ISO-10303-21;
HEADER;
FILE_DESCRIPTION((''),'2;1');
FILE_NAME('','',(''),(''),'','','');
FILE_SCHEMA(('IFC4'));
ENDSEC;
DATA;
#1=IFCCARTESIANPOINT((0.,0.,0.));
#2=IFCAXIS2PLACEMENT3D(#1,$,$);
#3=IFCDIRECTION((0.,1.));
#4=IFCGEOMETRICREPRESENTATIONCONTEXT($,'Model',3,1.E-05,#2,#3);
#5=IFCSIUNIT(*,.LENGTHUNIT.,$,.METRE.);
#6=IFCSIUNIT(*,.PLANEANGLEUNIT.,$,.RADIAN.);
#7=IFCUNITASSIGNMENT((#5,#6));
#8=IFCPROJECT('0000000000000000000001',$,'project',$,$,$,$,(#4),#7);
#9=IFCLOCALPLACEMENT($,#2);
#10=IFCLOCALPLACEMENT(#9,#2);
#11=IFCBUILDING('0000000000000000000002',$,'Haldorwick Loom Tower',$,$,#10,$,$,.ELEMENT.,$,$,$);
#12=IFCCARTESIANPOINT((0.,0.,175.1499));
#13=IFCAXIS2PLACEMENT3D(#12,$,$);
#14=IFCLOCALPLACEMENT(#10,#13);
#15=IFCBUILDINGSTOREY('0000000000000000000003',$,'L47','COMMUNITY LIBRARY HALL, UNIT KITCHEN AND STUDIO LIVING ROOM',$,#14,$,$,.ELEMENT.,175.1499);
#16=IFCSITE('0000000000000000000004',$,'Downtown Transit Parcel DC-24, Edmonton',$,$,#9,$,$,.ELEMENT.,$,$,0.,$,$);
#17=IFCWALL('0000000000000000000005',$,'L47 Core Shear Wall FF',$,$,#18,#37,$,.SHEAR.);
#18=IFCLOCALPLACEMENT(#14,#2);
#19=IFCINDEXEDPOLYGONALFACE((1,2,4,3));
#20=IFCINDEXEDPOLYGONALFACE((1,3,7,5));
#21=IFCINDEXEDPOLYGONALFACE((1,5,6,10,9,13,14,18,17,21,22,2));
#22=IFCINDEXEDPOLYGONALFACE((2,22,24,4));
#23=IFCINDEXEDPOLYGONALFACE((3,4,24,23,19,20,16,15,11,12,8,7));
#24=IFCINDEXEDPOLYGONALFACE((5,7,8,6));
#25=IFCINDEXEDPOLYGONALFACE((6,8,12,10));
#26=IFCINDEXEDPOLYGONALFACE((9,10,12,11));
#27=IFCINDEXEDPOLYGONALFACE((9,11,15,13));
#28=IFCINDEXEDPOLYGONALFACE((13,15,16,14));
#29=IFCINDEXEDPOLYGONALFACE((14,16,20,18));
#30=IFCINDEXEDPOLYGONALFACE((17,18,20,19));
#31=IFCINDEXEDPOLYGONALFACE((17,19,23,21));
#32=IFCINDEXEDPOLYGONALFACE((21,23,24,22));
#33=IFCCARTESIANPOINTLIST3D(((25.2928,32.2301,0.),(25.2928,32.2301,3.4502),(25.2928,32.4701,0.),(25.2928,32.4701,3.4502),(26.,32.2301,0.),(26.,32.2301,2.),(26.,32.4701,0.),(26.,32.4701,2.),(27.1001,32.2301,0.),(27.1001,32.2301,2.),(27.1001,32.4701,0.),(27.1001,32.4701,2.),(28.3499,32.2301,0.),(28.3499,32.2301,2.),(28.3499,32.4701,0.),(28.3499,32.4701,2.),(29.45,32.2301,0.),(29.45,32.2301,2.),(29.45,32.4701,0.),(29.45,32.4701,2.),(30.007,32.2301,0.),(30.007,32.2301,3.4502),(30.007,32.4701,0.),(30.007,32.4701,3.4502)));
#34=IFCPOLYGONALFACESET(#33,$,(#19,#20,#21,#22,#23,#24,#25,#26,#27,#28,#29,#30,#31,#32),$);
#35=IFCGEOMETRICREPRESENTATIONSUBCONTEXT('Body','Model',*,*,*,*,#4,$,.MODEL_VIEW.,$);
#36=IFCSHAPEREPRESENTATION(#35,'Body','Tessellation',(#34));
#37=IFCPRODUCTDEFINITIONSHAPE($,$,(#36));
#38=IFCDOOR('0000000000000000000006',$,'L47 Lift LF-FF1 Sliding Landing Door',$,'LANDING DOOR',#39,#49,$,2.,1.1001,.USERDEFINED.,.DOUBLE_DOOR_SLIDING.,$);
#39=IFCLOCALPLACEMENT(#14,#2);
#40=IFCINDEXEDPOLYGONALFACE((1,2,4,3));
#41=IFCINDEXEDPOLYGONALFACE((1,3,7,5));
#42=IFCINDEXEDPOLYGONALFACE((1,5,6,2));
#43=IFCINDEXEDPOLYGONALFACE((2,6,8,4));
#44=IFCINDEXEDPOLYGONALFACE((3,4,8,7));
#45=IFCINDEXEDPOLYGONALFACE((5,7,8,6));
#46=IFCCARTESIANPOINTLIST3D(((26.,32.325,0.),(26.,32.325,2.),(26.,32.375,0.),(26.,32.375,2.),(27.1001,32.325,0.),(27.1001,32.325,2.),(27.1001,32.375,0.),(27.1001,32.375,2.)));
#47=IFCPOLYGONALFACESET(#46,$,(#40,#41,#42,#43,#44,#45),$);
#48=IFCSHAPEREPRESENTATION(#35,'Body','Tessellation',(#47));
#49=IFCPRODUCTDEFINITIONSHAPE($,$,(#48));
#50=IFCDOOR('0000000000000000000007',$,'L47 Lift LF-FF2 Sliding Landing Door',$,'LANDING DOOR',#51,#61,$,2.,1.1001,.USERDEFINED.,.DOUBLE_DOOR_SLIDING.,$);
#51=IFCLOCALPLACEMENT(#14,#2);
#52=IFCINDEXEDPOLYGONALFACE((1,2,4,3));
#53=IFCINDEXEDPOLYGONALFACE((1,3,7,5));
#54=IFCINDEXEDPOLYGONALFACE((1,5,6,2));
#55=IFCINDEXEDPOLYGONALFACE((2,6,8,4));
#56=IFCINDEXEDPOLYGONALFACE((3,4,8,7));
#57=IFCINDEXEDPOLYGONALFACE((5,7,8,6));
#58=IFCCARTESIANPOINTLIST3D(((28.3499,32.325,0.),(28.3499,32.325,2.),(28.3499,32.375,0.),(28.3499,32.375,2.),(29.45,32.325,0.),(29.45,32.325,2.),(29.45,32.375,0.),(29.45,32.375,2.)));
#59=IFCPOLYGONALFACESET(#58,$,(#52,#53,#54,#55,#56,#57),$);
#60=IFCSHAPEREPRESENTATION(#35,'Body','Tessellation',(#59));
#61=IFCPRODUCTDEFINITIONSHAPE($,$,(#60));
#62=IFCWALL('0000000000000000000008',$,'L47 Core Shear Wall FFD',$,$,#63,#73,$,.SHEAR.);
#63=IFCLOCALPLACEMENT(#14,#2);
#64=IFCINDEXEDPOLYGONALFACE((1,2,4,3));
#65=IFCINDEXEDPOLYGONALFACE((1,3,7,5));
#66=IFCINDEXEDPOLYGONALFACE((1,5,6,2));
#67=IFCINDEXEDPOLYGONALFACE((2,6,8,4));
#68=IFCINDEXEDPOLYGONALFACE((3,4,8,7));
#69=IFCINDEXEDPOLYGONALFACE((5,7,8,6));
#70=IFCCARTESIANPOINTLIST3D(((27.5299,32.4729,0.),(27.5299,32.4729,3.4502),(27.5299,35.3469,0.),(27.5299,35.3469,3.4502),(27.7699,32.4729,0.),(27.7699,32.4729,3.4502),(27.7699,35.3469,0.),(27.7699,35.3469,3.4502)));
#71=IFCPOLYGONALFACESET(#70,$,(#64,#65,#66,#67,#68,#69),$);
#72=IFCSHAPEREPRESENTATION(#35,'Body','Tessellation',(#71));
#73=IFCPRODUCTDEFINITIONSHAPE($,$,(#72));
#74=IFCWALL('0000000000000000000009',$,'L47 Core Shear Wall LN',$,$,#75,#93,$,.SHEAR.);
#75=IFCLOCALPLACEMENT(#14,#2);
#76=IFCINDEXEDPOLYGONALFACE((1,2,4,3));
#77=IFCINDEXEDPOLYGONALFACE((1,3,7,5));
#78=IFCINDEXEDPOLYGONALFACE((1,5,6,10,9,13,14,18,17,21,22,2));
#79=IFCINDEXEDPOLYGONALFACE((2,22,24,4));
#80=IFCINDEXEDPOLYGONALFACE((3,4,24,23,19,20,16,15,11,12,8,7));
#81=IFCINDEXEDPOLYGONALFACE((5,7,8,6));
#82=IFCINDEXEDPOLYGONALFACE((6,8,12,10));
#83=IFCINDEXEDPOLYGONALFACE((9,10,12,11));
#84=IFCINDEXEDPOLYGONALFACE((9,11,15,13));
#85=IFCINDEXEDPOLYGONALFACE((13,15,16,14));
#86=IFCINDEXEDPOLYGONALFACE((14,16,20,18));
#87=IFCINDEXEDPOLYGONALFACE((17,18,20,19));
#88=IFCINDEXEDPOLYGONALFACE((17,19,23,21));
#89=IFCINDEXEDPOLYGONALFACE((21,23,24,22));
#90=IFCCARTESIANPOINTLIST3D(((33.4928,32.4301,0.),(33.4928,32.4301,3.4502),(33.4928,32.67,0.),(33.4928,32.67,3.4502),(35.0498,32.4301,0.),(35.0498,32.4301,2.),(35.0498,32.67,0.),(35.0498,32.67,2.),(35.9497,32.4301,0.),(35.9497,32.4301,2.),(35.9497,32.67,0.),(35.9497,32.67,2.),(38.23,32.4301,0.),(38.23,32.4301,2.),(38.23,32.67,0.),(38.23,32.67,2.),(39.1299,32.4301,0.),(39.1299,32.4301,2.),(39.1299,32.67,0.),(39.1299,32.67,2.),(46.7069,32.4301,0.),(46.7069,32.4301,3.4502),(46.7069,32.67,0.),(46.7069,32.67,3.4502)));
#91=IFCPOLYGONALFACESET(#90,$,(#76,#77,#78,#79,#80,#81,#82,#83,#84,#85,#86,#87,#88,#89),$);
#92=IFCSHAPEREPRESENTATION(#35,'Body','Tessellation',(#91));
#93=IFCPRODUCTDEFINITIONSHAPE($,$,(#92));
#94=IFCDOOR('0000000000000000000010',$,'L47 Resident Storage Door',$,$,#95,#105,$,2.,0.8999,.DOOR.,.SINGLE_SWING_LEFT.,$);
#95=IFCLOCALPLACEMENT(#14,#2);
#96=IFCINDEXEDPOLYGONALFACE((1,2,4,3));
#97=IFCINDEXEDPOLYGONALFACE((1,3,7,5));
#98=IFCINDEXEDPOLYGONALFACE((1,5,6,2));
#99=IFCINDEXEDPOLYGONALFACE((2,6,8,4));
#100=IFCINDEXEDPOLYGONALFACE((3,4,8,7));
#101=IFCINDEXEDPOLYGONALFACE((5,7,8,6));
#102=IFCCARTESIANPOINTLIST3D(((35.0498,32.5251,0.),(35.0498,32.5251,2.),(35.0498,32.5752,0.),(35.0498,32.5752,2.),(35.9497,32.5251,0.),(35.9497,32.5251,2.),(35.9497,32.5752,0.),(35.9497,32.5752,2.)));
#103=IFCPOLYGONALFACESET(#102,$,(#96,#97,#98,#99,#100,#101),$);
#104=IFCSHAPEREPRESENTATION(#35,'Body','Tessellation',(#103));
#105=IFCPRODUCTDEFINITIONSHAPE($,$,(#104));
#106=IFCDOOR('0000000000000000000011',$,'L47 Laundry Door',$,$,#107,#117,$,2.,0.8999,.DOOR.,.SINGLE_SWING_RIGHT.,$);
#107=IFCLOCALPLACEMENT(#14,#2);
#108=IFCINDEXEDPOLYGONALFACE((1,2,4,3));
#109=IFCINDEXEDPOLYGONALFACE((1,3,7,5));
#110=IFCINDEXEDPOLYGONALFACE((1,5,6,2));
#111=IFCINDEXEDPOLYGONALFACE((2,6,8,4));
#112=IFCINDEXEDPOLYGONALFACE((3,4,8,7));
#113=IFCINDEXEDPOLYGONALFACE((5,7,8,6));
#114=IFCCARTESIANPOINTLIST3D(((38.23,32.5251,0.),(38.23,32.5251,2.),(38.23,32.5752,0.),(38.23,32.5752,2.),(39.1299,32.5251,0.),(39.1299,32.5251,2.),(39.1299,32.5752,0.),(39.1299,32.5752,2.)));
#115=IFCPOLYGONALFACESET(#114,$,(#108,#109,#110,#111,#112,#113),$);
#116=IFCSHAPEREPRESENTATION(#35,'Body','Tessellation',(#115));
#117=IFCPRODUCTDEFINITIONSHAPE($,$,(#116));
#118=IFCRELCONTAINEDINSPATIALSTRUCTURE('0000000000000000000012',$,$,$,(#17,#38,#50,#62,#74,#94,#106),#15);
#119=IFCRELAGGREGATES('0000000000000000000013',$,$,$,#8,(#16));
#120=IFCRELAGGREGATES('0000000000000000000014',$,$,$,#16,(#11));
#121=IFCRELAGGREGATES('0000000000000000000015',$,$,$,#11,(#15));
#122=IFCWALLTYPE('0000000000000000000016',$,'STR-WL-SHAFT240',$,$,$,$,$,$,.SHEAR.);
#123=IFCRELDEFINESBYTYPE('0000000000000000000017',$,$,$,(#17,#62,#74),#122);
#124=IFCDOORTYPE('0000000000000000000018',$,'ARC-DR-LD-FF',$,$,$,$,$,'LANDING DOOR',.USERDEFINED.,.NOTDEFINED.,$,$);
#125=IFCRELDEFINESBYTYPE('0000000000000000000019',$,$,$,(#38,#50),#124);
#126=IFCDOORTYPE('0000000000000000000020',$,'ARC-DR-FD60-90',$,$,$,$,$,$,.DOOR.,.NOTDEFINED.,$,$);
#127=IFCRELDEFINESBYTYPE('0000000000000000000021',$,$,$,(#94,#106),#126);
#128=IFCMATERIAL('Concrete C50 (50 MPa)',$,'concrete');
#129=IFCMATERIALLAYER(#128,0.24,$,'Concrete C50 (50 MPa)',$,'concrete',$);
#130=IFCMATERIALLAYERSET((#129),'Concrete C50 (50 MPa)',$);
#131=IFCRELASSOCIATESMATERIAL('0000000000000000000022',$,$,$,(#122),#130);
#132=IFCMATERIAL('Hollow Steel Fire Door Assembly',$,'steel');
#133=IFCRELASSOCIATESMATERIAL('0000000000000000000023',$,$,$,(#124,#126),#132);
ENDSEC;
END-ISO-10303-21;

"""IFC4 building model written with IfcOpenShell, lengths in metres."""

from ifc_helpers import new_model, si_unit, direction, frame, frame_2d, origin, place, context, subcontext, project, spatial, rectangle, extrude, material, layer, layer_set, type_object, element, fill, save


model = new_model("IFC4")

# Units and contexts
model_context = context("Model", 3, precision=1e-05, world=origin(), true_north=direction((0.0, 1.0)))
body_context = subcontext(model_context, "Body", "Model", "MODEL_VIEW")
ifc_project = project(units=[si_unit("LENGTHUNIT", "METRE"), si_unit("PLANEANGLEUNIT", "RADIAN")], contexts=[model_context])

# Site, building, storey
site_placement = place(None, origin())
site = spatial("IfcSite", under=ifc_project, at=site_placement, Name="Downtown Transit Parcel DC-24, Edmonton", CompositionType="ELEMENT", RefElevation=0.0)
building_placement = place(site_placement, origin())
building = spatial("IfcBuilding", under=site, at=building_placement, Name="Haldorwick Loom Tower", CompositionType="ELEMENT")
storey_placement = place(building_placement, frame((0.0, 0.0, 175.1499)))
storey = spatial("IfcBuildingStorey", under=building, at=storey_placement, Name="L47", Description="COMMUNITY LIBRARY HALL, UNIT KITCHEN AND STUDIO LIVING ROOM", CompositionType="ELEMENT", Elevation=175.1499)

# Shared definitions
ifc_material_1 = material(Name="Concrete C50 (50 MPa)", Category="concrete")
ifc_layer_1 = layer(ifc_material_1, 0.24, Name="Concrete C50 (50 MPa)", Category="concrete")
ifc_layer_set_1 = layer_set([ifc_layer_1], Name="Concrete C50 (50 MPa)")
wall_type_1 = type_object("IfcWallType", Name="STR-WL-SHAFT240", PredefinedType="SHEAR", material=ifc_layer_set_1)

# Wall, openings, doors
wall_1_placement = place(storey_placement, frame((25.293, 32.3501, 0.0), z_axis=(0.0, 0.0, 1.0), x_axis=(1.0, 0.0, 0.0)))
wall_1 = element("IfcWall", 1, at=wall_1_placement, inside=storey, type_object=wall_type_1, Name="L47 Core Shear Wall FF", PredefinedType="SHEAR", context=body_context, shape_type="SweptSolid", body=[
    extrude(rectangle(XDim=4.7141, YDim=0.24, at=frame_2d((2.3569, 0.0))), origin(), (0.0, 0.0, 1.0), 3.4502),
])
opening_1_placement = place(wall_1_placement, frame((0.707, 0.0, 0.0)))
opening_1 = element("IfcOpeningElement", 2, at=opening_1_placement, cuts=wall_1, PredefinedType="OPENING", context=body_context, shape_type="SweptSolid", body=[
    extrude(rectangle(XDim=1.1001, YDim=2.0, at=frame_2d((0.55, 1.0))), frame((0.0, 0.1299, 0.0), z_axis=(0.0, -1.0, 0.0), x_axis=(1.0, 0.0, 0.0)), (0.0, 0.0, 1.0), 0.26),
])
opening_2_placement = place(wall_1_placement, frame((3.0569, 0.0, 0.0)))
opening_2 = element("IfcOpeningElement", 3, at=opening_2_placement, cuts=wall_1, PredefinedType="OPENING", context=body_context, shape_type="SweptSolid", body=[
    extrude(rectangle(XDim=1.1001, YDim=2.0, at=frame_2d((0.55, 1.0))), frame((0.0, 0.1299, 0.0), z_axis=(0.0, -1.0, 0.0), x_axis=(1.0, 0.0, 0.0)), (0.0, 0.0, 1.0), 0.26),
])
ifc_material_2 = material(Name="Hollow Steel Fire Door Assembly", Category="steel")
door_type_1 = type_object("IfcDoorType", Name="ARC-DR-LD-FF", ElementType="LANDING DOOR", OperationType="NOTDEFINED", PredefinedType="USERDEFINED", material=ifc_material_2)
door_1_placement = place(opening_1_placement, origin())
door_1 = element("IfcDoor", 4, at=door_1_placement, inside=storey, type_object=door_type_1, Name="L47 Lift LF-FF1 Sliding Landing Door", ObjectType="LANDING DOOR", OperationType="DOUBLE_DOOR_SLIDING", OverallHeight=2.0, OverallWidth=1.1001, PredefinedType="USERDEFINED", context=body_context, shape_type="SweptSolid", body=[
    extrude(rectangle(XDim=1.1001, YDim=2.0, at=frame_2d((0.55, 1.0))), frame((0.0, 0.0249, 0.0), z_axis=(0.0, -1.0, 0.0), x_axis=(1.0, 0.0, 0.0)), (0.0, 0.0, 1.0), 0.05),
])
fill(opening_1, door_1)
door_2_placement = place(opening_2_placement, origin())
door_2 = element("IfcDoor", 5, at=door_2_placement, inside=storey, type_object=door_type_1, Name="L47 Lift LF-FF2 Sliding Landing Door", ObjectType="LANDING DOOR", OperationType="DOUBLE_DOOR_SLIDING", OverallHeight=2.0, OverallWidth=1.1001, PredefinedType="USERDEFINED", context=body_context, shape_type="SweptSolid", body=[
    extrude(rectangle(XDim=1.1001, YDim=2.0, at=frame_2d((0.55, 1.0))), frame((0.0, 0.0249, 0.0), z_axis=(0.0, -1.0, 0.0), x_axis=(1.0, 0.0, 0.0)), (0.0, 0.0, 1.0), 0.05),
])
fill(opening_2, door_2)

# Wall
wall_2_placement = place(storey_placement, frame((27.6499, 32.4729, 0.0), z_axis=(0.0, 0.0, 1.0), x_axis=(0.0, 1.0, 0.0)))
element("IfcWall", 6, at=wall_2_placement, inside=storey, type_object=wall_type_1, Name="L47 Core Shear Wall FFD", PredefinedType="SHEAR", context=body_context, shape_type="SweptSolid", body=[
    extrude(rectangle(XDim=2.874, YDim=0.24, at=frame_2d((1.437, 0.0))), origin(), (0.0, 0.0, 1.0), 3.4502),
])

# Wall, openings, doors
wall_3_placement = place(storey_placement, frame((33.4929, 32.55, 0.0), z_axis=(0.0, 0.0, 1.0), x_axis=(1.0, 0.0, 0.0)))
wall_3 = element("IfcWall", 7, at=wall_3_placement, inside=storey, type_object=wall_type_1, Name="L47 Core Shear Wall LN", PredefinedType="SHEAR", context=body_context, shape_type="SweptSolid", body=[
    extrude(rectangle(XDim=13.2141, YDim=0.24, at=frame_2d((6.6069, 0.0))), origin(), (0.0, 0.0, 1.0), 3.4502),
])
opening_3_placement = place(wall_3_placement, frame((1.5569, 0.0, 0.0)))
opening_3 = element("IfcOpeningElement", 8, at=opening_3_placement, cuts=wall_3, PredefinedType="OPENING", context=body_context, shape_type="SweptSolid", body=[
    extrude(rectangle(XDim=0.8999, YDim=2.0, at=frame_2d((0.45, 1.0))), frame((0.0, 0.1299, 0.0), z_axis=(0.0, -1.0, 0.0), x_axis=(1.0, 0.0, 0.0)), (0.0, 0.0, 1.0), 0.26),
])
opening_4_placement = place(wall_3_placement, frame((4.7371, 0.0, 0.0)))
opening_4 = element("IfcOpeningElement", 9, at=opening_4_placement, cuts=wall_3, PredefinedType="OPENING", context=body_context, shape_type="SweptSolid", body=[
    extrude(rectangle(XDim=0.8999, YDim=2.0, at=frame_2d((0.45, 1.0))), frame((0.0, 0.1299, 0.0), z_axis=(0.0, -1.0, 0.0), x_axis=(1.0, 0.0, 0.0)), (0.0, 0.0, 1.0), 0.26),
])
door_type_2 = type_object("IfcDoorType", Name="ARC-DR-FD60-90", OperationType="NOTDEFINED", PredefinedType="DOOR", material=ifc_material_2)
door_3_placement = place(opening_3_placement, frame((0.8999, 0.0, 0.0), z_axis=(0.0, 0.0, 1.0), x_axis=(-1.0, 0.0, 0.0)))
door_3 = element("IfcDoor", 10, at=door_3_placement, inside=storey, type_object=door_type_2, Name="L47 Resident Storage Door", OperationType="SINGLE_SWING_LEFT", OverallHeight=2.0, OverallWidth=0.8999, PredefinedType="DOOR", context=body_context, shape_type="SweptSolid", body=[
    extrude(rectangle(XDim=0.8999, YDim=2.0, at=frame_2d((0.45, 1.0))), frame((0.0, 0.0249, 0.0), z_axis=(0.0, -1.0, 0.0), x_axis=(1.0, 0.0, 0.0)), (0.0, 0.0, 1.0), 0.05),
])
fill(opening_3, door_3)
door_4_placement = place(opening_4_placement, frame((0.8999, 0.0, 0.0), z_axis=(0.0, 0.0, 1.0), x_axis=(-1.0, 0.0, 0.0)))
door_4 = element("IfcDoor", 11, at=door_4_placement, inside=storey, type_object=door_type_2, Name="L47 Laundry Door", OperationType="SINGLE_SWING_RIGHT", OverallHeight=2.0, OverallWidth=0.8999, PredefinedType="DOOR", context=body_context, shape_type="SweptSolid", body=[
    extrude(rectangle(XDim=0.8999, YDim=2.0, at=frame_2d((0.45, 1.0))), frame((0.0, 0.0249, 0.0), z_axis=(0.0, -1.0, 0.0), x_axis=(1.0, 0.0, 0.0)), (0.0, 0.0, 1.0), 0.05),
])
fill(opening_4, door_4)

save(model, "model.ifc")
